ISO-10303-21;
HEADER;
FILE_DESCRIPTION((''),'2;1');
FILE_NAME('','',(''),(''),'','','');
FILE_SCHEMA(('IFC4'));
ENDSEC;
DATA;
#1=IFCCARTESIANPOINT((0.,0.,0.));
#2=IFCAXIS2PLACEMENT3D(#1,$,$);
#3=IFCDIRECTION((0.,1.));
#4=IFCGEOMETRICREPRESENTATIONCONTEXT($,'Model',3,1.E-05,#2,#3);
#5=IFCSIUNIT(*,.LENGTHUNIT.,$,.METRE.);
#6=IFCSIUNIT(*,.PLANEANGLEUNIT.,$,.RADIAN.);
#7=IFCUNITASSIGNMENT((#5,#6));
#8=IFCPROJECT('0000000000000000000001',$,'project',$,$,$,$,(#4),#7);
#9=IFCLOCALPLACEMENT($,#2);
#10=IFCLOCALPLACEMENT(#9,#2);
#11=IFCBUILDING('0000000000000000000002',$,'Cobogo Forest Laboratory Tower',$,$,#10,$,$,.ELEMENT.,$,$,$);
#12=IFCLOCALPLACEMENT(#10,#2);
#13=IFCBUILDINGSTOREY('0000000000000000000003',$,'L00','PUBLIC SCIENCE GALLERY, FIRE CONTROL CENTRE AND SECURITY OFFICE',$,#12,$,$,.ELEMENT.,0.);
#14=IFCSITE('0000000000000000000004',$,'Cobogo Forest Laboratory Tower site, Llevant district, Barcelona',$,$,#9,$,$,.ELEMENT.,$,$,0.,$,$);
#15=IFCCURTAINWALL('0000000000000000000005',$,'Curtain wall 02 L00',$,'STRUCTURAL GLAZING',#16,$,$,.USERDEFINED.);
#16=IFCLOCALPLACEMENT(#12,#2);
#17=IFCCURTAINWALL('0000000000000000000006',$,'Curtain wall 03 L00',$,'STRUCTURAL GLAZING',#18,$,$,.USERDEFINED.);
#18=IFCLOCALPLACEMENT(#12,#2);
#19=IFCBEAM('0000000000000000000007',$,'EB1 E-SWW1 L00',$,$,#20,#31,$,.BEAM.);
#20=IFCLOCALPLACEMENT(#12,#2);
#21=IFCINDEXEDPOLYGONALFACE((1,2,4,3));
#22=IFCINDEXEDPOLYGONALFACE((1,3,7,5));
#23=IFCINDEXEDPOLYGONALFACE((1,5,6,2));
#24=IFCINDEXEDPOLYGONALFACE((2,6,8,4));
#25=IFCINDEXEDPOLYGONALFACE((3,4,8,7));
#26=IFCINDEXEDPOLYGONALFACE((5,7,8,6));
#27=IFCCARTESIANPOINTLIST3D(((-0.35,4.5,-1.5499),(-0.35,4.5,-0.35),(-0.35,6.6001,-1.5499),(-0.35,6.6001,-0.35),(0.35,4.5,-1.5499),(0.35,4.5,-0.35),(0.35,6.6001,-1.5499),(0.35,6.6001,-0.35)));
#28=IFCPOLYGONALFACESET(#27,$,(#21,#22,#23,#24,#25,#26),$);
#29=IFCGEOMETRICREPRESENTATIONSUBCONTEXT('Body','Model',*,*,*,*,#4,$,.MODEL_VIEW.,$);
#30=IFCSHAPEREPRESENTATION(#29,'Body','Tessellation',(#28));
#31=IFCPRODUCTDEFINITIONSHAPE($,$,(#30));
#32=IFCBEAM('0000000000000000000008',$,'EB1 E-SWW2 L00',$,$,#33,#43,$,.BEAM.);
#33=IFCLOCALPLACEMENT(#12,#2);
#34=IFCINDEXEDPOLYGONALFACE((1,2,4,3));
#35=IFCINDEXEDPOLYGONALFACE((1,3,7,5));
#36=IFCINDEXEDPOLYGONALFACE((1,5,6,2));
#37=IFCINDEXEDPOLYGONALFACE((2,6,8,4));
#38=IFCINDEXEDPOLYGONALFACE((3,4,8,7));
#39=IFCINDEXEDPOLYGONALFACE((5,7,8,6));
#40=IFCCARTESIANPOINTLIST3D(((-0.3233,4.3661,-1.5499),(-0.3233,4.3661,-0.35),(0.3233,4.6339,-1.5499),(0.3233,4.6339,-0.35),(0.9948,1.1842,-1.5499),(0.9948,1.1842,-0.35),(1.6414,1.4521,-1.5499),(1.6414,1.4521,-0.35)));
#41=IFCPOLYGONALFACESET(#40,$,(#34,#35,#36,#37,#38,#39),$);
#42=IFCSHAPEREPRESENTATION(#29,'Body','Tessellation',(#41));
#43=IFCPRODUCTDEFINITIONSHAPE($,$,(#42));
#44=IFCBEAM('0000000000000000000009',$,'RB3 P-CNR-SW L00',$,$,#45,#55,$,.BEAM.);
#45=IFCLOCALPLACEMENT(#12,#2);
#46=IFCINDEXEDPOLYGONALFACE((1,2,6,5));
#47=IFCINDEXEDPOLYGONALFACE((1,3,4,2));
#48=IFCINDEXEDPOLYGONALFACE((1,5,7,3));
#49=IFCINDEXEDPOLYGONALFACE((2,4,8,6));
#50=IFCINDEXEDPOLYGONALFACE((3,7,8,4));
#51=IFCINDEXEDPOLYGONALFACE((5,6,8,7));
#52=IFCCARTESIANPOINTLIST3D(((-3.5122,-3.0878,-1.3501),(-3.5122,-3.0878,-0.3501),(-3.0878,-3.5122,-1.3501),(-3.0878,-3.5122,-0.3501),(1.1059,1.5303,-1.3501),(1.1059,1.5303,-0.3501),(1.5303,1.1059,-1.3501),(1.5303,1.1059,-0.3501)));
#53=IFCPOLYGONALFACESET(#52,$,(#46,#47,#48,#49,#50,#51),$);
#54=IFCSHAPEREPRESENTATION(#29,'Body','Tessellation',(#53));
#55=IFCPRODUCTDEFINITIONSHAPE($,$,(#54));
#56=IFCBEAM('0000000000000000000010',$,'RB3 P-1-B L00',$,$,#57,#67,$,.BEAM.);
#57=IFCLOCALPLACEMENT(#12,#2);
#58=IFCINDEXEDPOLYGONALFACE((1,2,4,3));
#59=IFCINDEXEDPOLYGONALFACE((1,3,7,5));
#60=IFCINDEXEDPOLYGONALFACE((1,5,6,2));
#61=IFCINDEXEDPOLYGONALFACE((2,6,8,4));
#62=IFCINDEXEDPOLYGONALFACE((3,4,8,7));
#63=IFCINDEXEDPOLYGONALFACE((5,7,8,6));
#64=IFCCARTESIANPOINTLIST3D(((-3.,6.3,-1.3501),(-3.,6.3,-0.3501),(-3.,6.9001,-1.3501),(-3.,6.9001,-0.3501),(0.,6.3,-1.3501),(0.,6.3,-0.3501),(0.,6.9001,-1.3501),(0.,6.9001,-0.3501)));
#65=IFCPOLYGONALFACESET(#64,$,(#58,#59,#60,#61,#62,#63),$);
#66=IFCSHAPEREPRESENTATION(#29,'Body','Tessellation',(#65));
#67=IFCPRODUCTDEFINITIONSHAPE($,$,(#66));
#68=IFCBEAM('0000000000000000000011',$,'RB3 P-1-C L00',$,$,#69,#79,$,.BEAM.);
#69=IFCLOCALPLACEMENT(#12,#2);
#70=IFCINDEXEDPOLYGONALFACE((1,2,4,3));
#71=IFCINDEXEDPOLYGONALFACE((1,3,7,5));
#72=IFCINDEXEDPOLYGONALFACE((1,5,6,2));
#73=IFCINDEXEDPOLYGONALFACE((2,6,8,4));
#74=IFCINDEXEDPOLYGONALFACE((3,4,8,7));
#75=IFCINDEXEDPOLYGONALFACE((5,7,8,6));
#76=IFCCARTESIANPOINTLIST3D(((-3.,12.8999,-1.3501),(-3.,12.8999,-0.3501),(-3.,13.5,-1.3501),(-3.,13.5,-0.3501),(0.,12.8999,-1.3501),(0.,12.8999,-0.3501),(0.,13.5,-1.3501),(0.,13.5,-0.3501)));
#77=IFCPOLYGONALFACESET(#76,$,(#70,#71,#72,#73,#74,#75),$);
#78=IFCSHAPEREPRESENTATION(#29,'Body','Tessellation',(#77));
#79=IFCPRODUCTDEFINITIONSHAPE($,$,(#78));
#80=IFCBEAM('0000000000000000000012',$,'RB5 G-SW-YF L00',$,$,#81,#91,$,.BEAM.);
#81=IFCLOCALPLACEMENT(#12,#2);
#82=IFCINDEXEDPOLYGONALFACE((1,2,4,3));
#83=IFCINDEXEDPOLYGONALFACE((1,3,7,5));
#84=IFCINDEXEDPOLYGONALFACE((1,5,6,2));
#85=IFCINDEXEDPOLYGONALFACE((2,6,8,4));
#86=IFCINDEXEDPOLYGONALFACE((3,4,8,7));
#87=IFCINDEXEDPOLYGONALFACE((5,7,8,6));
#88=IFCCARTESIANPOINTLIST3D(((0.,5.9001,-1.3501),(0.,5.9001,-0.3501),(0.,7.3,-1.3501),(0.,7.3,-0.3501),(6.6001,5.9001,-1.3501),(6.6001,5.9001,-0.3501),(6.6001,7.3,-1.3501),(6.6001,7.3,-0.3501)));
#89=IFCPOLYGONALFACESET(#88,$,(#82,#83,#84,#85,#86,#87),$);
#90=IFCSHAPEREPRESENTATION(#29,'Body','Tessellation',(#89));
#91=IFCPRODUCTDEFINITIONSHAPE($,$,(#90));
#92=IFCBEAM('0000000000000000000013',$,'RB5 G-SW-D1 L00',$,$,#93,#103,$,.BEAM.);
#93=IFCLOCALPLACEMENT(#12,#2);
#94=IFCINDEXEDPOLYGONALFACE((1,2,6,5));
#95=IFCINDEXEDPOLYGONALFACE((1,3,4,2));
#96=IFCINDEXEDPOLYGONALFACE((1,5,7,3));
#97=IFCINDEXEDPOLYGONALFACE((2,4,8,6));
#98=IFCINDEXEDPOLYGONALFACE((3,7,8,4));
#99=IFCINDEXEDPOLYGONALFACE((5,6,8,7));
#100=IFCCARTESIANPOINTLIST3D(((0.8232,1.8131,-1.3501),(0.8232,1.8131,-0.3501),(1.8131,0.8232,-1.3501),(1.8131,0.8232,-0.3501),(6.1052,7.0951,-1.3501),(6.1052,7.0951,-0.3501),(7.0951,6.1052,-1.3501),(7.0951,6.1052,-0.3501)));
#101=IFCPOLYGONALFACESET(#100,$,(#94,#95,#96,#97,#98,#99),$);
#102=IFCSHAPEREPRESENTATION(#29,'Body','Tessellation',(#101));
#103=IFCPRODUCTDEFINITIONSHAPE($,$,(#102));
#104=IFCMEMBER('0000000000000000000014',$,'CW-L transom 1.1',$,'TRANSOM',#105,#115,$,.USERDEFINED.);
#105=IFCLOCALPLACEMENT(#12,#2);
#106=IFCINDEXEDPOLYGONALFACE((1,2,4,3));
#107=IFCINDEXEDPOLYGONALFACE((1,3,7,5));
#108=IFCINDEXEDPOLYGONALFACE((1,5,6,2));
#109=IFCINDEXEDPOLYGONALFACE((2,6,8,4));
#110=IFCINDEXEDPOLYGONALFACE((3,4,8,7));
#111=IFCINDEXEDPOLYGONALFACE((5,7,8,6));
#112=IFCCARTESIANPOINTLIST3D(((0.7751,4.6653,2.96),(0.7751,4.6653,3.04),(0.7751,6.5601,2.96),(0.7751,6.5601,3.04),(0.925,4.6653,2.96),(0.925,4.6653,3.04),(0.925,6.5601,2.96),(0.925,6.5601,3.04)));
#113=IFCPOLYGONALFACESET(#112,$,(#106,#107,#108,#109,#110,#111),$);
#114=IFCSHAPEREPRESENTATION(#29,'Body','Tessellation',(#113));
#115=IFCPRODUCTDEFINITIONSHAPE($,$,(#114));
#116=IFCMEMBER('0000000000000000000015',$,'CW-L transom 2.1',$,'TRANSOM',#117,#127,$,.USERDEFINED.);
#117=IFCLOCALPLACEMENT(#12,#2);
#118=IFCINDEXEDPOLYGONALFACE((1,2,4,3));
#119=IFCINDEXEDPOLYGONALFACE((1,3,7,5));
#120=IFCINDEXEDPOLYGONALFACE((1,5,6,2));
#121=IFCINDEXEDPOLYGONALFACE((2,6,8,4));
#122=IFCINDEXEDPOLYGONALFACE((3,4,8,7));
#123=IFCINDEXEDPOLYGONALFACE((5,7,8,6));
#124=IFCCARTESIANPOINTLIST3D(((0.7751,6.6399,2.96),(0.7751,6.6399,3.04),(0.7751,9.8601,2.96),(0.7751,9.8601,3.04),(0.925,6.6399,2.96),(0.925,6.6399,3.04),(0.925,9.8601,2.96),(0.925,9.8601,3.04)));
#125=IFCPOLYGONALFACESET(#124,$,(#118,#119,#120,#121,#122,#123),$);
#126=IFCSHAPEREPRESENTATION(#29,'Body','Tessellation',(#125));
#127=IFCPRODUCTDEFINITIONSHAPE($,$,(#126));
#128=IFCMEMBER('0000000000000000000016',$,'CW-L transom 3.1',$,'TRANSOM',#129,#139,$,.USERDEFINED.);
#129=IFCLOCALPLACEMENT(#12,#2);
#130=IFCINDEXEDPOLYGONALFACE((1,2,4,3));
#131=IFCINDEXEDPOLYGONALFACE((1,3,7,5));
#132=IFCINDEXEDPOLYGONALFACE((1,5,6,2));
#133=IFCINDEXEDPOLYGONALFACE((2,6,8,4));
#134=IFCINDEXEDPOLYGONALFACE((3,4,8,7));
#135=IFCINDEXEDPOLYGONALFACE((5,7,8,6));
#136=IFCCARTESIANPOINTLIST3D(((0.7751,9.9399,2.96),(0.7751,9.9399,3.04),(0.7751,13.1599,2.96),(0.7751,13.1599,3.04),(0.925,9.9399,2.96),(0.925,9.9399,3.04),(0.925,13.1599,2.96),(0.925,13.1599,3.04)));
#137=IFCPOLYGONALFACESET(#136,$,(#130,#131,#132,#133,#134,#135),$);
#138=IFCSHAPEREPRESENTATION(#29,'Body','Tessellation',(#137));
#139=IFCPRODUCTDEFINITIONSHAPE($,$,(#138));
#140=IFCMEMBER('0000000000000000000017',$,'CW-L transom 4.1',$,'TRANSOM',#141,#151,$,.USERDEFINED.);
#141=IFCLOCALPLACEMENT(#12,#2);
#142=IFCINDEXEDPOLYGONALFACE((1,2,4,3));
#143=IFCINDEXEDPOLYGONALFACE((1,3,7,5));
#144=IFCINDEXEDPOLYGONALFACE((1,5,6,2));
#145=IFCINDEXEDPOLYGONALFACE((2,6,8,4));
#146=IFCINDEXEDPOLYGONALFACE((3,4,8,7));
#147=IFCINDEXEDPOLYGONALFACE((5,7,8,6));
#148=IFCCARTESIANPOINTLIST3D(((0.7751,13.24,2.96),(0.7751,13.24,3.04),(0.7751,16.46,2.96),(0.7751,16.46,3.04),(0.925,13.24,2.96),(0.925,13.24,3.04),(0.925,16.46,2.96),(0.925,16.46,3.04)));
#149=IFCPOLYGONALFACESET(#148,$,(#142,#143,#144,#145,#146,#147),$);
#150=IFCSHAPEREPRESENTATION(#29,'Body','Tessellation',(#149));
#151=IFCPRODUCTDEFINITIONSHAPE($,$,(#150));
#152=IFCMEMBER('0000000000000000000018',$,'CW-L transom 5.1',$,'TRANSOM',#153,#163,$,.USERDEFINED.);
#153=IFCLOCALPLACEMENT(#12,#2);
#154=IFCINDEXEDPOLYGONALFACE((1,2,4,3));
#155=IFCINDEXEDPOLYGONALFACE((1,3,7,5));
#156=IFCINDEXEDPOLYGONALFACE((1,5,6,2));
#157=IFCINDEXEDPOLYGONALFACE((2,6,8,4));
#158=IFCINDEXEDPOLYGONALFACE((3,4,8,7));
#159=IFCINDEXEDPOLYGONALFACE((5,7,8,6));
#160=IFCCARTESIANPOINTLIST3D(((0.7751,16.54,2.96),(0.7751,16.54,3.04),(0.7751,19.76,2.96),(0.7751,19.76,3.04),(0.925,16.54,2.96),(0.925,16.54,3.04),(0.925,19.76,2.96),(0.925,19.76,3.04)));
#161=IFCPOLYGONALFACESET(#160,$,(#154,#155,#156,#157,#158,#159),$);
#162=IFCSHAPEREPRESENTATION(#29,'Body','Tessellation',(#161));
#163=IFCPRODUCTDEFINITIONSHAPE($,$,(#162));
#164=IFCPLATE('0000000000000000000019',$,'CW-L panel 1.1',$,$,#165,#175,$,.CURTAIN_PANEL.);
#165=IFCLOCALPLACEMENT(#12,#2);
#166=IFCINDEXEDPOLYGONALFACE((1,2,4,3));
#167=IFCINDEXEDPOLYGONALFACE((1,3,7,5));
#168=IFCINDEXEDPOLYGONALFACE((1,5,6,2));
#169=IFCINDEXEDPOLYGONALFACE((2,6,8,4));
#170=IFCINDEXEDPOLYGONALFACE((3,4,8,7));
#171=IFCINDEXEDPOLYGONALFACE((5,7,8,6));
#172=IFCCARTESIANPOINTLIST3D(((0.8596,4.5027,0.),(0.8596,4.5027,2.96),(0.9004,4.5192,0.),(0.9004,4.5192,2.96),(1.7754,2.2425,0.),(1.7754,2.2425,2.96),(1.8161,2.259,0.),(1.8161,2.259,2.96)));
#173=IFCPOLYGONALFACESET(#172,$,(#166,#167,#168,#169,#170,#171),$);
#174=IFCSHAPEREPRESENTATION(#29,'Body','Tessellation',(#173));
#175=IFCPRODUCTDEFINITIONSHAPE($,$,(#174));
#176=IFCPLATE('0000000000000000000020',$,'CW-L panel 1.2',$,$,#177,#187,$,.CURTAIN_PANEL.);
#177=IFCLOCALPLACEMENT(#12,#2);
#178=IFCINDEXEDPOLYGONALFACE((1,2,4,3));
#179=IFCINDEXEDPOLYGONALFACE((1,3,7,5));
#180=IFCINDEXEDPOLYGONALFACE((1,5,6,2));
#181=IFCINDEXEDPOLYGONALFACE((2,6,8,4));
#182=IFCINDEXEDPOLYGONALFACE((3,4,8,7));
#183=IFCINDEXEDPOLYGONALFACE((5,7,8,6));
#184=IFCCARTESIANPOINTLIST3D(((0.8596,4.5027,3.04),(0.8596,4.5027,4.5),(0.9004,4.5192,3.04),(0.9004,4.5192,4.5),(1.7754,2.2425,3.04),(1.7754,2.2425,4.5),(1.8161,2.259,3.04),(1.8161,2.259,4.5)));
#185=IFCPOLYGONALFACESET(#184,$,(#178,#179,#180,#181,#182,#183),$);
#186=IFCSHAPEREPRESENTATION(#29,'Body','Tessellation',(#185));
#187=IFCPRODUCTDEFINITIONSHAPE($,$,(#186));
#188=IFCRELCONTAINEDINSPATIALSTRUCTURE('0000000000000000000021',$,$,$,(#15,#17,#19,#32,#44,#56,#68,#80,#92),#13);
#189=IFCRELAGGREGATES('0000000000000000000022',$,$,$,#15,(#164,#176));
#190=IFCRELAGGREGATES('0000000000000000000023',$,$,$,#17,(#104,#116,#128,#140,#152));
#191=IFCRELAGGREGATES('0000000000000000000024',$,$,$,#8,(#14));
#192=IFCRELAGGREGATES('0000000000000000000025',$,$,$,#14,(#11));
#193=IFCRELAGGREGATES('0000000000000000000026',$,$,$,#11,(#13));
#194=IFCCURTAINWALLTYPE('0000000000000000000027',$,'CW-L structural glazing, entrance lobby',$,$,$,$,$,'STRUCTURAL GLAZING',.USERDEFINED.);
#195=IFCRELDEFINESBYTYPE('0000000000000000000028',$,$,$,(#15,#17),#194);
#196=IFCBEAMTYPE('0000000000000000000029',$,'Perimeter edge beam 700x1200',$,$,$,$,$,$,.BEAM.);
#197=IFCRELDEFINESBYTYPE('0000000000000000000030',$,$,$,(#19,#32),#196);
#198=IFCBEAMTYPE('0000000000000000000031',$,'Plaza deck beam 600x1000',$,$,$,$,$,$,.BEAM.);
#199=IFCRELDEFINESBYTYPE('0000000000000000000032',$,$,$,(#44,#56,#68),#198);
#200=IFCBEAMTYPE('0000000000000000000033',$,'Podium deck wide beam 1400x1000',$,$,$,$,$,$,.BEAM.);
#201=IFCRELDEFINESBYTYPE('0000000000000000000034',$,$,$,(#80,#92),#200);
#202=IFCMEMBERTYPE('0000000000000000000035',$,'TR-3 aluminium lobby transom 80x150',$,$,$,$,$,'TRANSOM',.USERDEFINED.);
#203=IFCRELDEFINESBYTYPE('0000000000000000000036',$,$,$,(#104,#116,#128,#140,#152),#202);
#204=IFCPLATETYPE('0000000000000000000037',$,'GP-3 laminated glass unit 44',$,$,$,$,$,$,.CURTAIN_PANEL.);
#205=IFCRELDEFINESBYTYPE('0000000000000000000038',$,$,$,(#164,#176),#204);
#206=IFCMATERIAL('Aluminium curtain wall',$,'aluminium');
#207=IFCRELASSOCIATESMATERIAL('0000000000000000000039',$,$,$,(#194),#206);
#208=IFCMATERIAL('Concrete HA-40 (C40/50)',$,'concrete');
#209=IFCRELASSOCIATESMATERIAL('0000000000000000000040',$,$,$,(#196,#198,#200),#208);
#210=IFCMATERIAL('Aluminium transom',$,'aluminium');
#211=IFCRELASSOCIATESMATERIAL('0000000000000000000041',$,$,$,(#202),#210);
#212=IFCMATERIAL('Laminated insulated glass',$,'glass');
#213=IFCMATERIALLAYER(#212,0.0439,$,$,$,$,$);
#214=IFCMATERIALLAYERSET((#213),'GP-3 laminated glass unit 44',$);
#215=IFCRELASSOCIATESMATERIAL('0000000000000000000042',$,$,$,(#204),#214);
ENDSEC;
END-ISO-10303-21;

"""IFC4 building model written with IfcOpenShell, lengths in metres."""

from ifc_helpers import new_model, si_unit, direction, frame, origin, origin_2d, place, context, subcontext, project, spatial, rectangle, extrude, material, layer, layer_set, material_profile, profile_set, type_object, element, aggregate, save


model = new_model("IFC4")

# Units and contexts
model_context = context("Model", 3, precision=1e-05, world=origin(), true_north=direction((0.0, 1.0)))
body_context = subcontext(model_context, "Body", "Model", "MODEL_VIEW")
ifc_project = project(units=[si_unit("LENGTHUNIT", "METRE"), si_unit("PLANEANGLEUNIT", "RADIAN")], contexts=[model_context])

# Site, building, storey
site_placement = place(None, origin())
site = spatial("IfcSite", under=ifc_project, at=site_placement, Name="Cobogo Forest Laboratory Tower site, Llevant district, Barcelona", CompositionType="ELEMENT", RefElevation=0.0)
building_placement = place(site_placement, origin())
building = spatial("IfcBuilding", under=site, at=building_placement, Name="Cobogo Forest Laboratory Tower", CompositionType="ELEMENT")
storey_placement = place(building_placement, origin())
storey = spatial("IfcBuildingStorey", under=building, at=storey_placement, Name="L00", Description="PUBLIC SCIENCE GALLERY, FIRE CONTROL CENTRE AND SECURITY OFFICE", CompositionType="ELEMENT", Elevation=0.0)

# Curtain wall
ifc_material_1 = material(Name="Aluminium curtain wall", Category="aluminium")
curtain_wall_type = type_object("IfcCurtainWallType", Name="CW-L structural glazing, entrance lobby", ElementType="STRUCTURAL GLAZING", PredefinedType="USERDEFINED", material=ifc_material_1)
curtain_wall_1_placement = place(storey_placement, origin())
curtain_wall_1 = element("IfcCurtainWall", 1, at=curtain_wall_1_placement, inside=storey, type_object=curtain_wall_type, Name="Curtain wall 02 L00", ObjectType="STRUCTURAL GLAZING", PredefinedType="USERDEFINED")

# Curtain wall
curtain_wall_2_placement = place(storey_placement, origin())
curtain_wall_2 = element("IfcCurtainWall", 2, at=curtain_wall_2_placement, inside=storey, type_object=curtain_wall_type, Name="Curtain wall 03 L00", ObjectType="STRUCTURAL GLAZING", PredefinedType="USERDEFINED")

# Beams
ifc_material_2 = material(Name="Concrete HA-40 (C40/50)", Category="concrete")
ifc_material_profile_1 = material_profile(ifc_material_2, rectangle(XDim=0.7, YDim=1.2, at=origin_2d()), Name="RC 700x1200")
ifc_profile_set_1 = profile_set([ifc_material_profile_1], Name="Concrete HA-40 (C40/50)")
beam_type_1 = type_object("IfcBeamType", Name="Perimeter edge beam 700x1200", PredefinedType="BEAM", material=ifc_profile_set_1)
beam_1_placement = place(storey_placement, frame((0.0, 6.6001, -0.95), z_axis=(0.0, -1.0, 0.0), x_axis=(1.0, 0.0, 0.0)))
element("IfcBeam", 3, at=beam_1_placement, inside=storey, type_object=beam_type_1, Name="EB1 E-SWW1 L00", PredefinedType="BEAM", context=body_context, shape_type="SweptSolid", body=[
    extrude(rectangle(XDim=0.7, YDim=1.2, at=origin_2d()), origin(), (0.0, 0.0, 1.0), 2.1001),
])
beam_2_placement = place(storey_placement, frame((0.0, 4.5, -0.95), z_axis=(0.382717, -0.923866, 0.0), x_axis=(0.923866, 0.382717, 0.0)))
element("IfcBeam", 4, at=beam_2_placement, inside=storey, type_object=beam_type_1, Name="EB1 E-SWW2 L00", PredefinedType="BEAM", context=body_context, shape_type="SweptSolid", body=[
    extrude(rectangle(XDim=0.7, YDim=1.2, at=origin_2d()), origin(), (0.0, 0.0, 1.0), 3.4441),
])
ifc_material_profile_2 = material_profile(ifc_material_2, rectangle(XDim=0.6001, YDim=1.0, at=origin_2d()), Name="RC 600x1000")
ifc_profile_set_2 = profile_set([ifc_material_profile_2], Name="Concrete HA-40 (C40/50)")
beam_type_2 = type_object("IfcBeamType", Name="Plaza deck beam 600x1000", PredefinedType="BEAM", material=ifc_profile_set_2)
beam_3_placement = place(storey_placement, frame((1.3181, 1.3181, -0.8501), z_axis=(-0.707107, -0.707107, 0.0), x_axis=(0.707107, -0.707107, 0.0)))
element("IfcBeam", 5, at=beam_3_placement, inside=storey, type_object=beam_type_2, Name="RB3 P-CNR-SW L00", PredefinedType="BEAM", context=body_context, shape_type="SweptSolid", body=[
    extrude(rectangle(XDim=0.6001, YDim=1.0, at=origin_2d()), origin(), (0.0, 0.0, 1.0), 6.531),
])
for number, where, z_axis, x_axis, name in (
    (6, (0.0, 6.6001, -0.8501), (-1.0, 0.0, 0.0), (0.0, -1.0, 0.0), "RB3 P-1-B L00"),
    (7, (0.0, 13.2, -0.8501), (-1.0, 0.0, 0.0), (0.0, -1.0, 0.0), "RB3 P-1-C L00"),
):
    element("IfcBeam", number, at=place(storey_placement, frame(where, z_axis=z_axis, x_axis=x_axis)), inside=storey, type_object=beam_type_2, Name=name, PredefinedType="BEAM", context=body_context, shape_type="SweptSolid", body=[
        extrude(rectangle(XDim=0.6001, YDim=1.0, at=origin_2d()), origin(), (0.0, 0.0, 1.0), 3.0),
    ])
ifc_material_profile_3 = material_profile(ifc_material_2, rectangle(XDim=1.3999, YDim=1.0, at=origin_2d()), Name="RC 1400x1000")
ifc_profile_set_3 = profile_set([ifc_material_profile_3], Name="Concrete HA-40 (C40/50)")
beam_type_3 = type_object("IfcBeamType", Name="Podium deck wide beam 1400x1000", PredefinedType="BEAM", material=ifc_profile_set_3)
beam_4_placement = place(storey_placement, frame((0.0, 6.6001, -0.8501), z_axis=(1.0, 0.0, 0.0), x_axis=(0.0, 1.0, 0.0)))
element("IfcBeam", 8, at=beam_4_placement, inside=storey, type_object=beam_type_3, Name="RB5 G-SW-YF L00", PredefinedType="BEAM", context=body_context, shape_type="SweptSolid", body=[
    extrude(rectangle(XDim=1.3999, YDim=1.0, at=origin_2d()), origin(), (0.0, 0.0, 1.0), 6.6001),
])
beam_5_placement = place(storey_placement, frame((1.3181, 1.3181, -0.8501), z_axis=(0.707107, 0.707107, 0.0), x_axis=(-0.707107, 0.707107, 0.0)))
element("IfcBeam", 9, at=beam_5_placement, inside=storey, type_object=beam_type_3, Name="RB5 G-SW-D1 L00", PredefinedType="BEAM", context=body_context, shape_type="SweptSolid", body=[
    extrude(rectangle(XDim=1.3999, YDim=1.0, at=origin_2d()), origin(), (0.0, 0.0, 1.0), 7.47),
])

# Members
ifc_material_3 = material(Name="Aluminium transom", Category="aluminium")
ifc_material_profile_4 = material_profile(ifc_material_3, rectangle(XDim=0.1499, YDim=0.0801, at=origin_2d()), Name="AL 80x150")
ifc_profile_set_4 = profile_set([ifc_material_profile_4], Name="Aluminium transom")
member_type_1 = type_object("IfcMemberType", Name="TR-3 aluminium lobby transom 80x150", ElementType="TRANSOM", PredefinedType="USERDEFINED", material=ifc_profile_set_4)
member_1_placement = place(storey_placement, frame((0.8501, 4.6653, 3.0), z_axis=(0.0, 1.0, 0.0), x_axis=(-1.0, 0.0, 0.0)))
member_1 = element("IfcMember", 10, at=member_1_placement, type_object=member_type_1, Name="CW-L transom 1.1", ObjectType="TRANSOM", PredefinedType="USERDEFINED", context=body_context, shape_type="SweptSolid", body=[
    extrude(rectangle(XDim=0.1499, YDim=0.0801, at=origin_2d()), origin(), (0.0, 0.0, 1.0), 1.8948),
])
member_2_placement = place(storey_placement, frame((0.8501, 6.6399, 3.0), z_axis=(0.0, 1.0, 0.0), x_axis=(-1.0, 0.0, 0.0)))
member_2 = element("IfcMember", 11, at=member_2_placement, type_object=member_type_1, Name="CW-L transom 2.1", ObjectType="TRANSOM", PredefinedType="USERDEFINED", context=body_context, shape_type="SweptSolid", body=[
    extrude(rectangle(XDim=0.1499, YDim=0.0801, at=origin_2d()), origin(), (0.0, 0.0, 1.0), 3.2202),
])
member_3_placement = place(storey_placement, frame((0.8501, 9.9399, 3.0), z_axis=(0.0, 1.0, 0.0), x_axis=(-1.0, 0.0, 0.0)))
member_3 = element("IfcMember", 12, at=member_3_placement, type_object=member_type_1, Name="CW-L transom 3.1", ObjectType="TRANSOM", PredefinedType="USERDEFINED", context=body_context, shape_type="SweptSolid", body=[
    extrude(rectangle(XDim=0.1499, YDim=0.0801, at=origin_2d()), origin(), (0.0, 0.0, 1.0), 3.22),
])
member_4_placement = place(storey_placement, frame((0.8501, 13.24, 3.0), z_axis=(0.0, 1.0, 0.0), x_axis=(-1.0, 0.0, 0.0)))
member_4 = element("IfcMember", 13, at=member_4_placement, type_object=member_type_1, Name="CW-L transom 4.1", ObjectType="TRANSOM", PredefinedType="USERDEFINED", context=body_context, shape_type="SweptSolid", body=[
    extrude(rectangle(XDim=0.1499, YDim=0.0801, at=origin_2d()), origin(), (0.0, 0.0, 1.0), 3.22),
])
member_5_placement = place(storey_placement, frame((0.8501, 16.54, 3.0), z_axis=(0.0, 1.0, 0.0), x_axis=(-1.0, 0.0, 0.0)))
member_5 = element("IfcMember", 14, at=member_5_placement, type_object=member_type_1, Name="CW-L transom 5.1", ObjectType="TRANSOM", PredefinedType="USERDEFINED", context=body_context, shape_type="SweptSolid", body=[
    extrude(rectangle(XDim=0.1499, YDim=0.0801, at=origin_2d()), origin(), (0.0, 0.0, 1.0), 3.22),
])

# Plates
ifc_material_4 = material(Name="Laminated insulated glass", Category="glass")
ifc_layer_1 = layer(ifc_material_4, 0.0439)
ifc_layer_set_1 = layer_set([ifc_layer_1], Name="GP-3 laminated glass unit 44")
plate_type = type_object("IfcPlateType", Name="GP-3 laminated glass unit 44", PredefinedType="CURTAIN_PANEL", material=ifc_layer_set_1)
plate_1_placement = place(storey_placement, frame((1.3379, 3.3809, 0.0), z_axis=(0.0, 0.0, 1.0), x_axis=(-0.375507, 0.92682, 0.0)))
plate_1 = element("IfcPlate", 15, at=plate_1_placement, type_object=plate_type, Name="CW-L panel 1.1", PredefinedType="CURTAIN_PANEL", context=body_context, shape_type="SweptSolid", body=[
    extrude(rectangle(XDim=2.4387, YDim=0.0439, at=origin_2d()), origin(), (0.0, 0.0, 1.0), 2.96),
])
plate_2_placement = place(storey_placement, frame((1.3379, 3.3809, 3.04), z_axis=(0.0, 0.0, 1.0), x_axis=(-0.375507, 0.92682, 0.0)))
plate_2 = element("IfcPlate", 16, at=plate_2_placement, type_object=plate_type, Name="CW-L panel 1.2", PredefinedType="CURTAIN_PANEL", context=body_context, shape_type="SweptSolid", body=[
    extrude(rectangle(XDim=2.4387, YDim=0.0439, at=origin_2d()), origin(), (0.0, 0.0, 1.0), 1.46),
])
aggregate(curtain_wall_1, [plate_1, plate_2])
aggregate(curtain_wall_2, [member_1, member_2, member_3, member_4, member_5])

save(model, "model.ifc")
